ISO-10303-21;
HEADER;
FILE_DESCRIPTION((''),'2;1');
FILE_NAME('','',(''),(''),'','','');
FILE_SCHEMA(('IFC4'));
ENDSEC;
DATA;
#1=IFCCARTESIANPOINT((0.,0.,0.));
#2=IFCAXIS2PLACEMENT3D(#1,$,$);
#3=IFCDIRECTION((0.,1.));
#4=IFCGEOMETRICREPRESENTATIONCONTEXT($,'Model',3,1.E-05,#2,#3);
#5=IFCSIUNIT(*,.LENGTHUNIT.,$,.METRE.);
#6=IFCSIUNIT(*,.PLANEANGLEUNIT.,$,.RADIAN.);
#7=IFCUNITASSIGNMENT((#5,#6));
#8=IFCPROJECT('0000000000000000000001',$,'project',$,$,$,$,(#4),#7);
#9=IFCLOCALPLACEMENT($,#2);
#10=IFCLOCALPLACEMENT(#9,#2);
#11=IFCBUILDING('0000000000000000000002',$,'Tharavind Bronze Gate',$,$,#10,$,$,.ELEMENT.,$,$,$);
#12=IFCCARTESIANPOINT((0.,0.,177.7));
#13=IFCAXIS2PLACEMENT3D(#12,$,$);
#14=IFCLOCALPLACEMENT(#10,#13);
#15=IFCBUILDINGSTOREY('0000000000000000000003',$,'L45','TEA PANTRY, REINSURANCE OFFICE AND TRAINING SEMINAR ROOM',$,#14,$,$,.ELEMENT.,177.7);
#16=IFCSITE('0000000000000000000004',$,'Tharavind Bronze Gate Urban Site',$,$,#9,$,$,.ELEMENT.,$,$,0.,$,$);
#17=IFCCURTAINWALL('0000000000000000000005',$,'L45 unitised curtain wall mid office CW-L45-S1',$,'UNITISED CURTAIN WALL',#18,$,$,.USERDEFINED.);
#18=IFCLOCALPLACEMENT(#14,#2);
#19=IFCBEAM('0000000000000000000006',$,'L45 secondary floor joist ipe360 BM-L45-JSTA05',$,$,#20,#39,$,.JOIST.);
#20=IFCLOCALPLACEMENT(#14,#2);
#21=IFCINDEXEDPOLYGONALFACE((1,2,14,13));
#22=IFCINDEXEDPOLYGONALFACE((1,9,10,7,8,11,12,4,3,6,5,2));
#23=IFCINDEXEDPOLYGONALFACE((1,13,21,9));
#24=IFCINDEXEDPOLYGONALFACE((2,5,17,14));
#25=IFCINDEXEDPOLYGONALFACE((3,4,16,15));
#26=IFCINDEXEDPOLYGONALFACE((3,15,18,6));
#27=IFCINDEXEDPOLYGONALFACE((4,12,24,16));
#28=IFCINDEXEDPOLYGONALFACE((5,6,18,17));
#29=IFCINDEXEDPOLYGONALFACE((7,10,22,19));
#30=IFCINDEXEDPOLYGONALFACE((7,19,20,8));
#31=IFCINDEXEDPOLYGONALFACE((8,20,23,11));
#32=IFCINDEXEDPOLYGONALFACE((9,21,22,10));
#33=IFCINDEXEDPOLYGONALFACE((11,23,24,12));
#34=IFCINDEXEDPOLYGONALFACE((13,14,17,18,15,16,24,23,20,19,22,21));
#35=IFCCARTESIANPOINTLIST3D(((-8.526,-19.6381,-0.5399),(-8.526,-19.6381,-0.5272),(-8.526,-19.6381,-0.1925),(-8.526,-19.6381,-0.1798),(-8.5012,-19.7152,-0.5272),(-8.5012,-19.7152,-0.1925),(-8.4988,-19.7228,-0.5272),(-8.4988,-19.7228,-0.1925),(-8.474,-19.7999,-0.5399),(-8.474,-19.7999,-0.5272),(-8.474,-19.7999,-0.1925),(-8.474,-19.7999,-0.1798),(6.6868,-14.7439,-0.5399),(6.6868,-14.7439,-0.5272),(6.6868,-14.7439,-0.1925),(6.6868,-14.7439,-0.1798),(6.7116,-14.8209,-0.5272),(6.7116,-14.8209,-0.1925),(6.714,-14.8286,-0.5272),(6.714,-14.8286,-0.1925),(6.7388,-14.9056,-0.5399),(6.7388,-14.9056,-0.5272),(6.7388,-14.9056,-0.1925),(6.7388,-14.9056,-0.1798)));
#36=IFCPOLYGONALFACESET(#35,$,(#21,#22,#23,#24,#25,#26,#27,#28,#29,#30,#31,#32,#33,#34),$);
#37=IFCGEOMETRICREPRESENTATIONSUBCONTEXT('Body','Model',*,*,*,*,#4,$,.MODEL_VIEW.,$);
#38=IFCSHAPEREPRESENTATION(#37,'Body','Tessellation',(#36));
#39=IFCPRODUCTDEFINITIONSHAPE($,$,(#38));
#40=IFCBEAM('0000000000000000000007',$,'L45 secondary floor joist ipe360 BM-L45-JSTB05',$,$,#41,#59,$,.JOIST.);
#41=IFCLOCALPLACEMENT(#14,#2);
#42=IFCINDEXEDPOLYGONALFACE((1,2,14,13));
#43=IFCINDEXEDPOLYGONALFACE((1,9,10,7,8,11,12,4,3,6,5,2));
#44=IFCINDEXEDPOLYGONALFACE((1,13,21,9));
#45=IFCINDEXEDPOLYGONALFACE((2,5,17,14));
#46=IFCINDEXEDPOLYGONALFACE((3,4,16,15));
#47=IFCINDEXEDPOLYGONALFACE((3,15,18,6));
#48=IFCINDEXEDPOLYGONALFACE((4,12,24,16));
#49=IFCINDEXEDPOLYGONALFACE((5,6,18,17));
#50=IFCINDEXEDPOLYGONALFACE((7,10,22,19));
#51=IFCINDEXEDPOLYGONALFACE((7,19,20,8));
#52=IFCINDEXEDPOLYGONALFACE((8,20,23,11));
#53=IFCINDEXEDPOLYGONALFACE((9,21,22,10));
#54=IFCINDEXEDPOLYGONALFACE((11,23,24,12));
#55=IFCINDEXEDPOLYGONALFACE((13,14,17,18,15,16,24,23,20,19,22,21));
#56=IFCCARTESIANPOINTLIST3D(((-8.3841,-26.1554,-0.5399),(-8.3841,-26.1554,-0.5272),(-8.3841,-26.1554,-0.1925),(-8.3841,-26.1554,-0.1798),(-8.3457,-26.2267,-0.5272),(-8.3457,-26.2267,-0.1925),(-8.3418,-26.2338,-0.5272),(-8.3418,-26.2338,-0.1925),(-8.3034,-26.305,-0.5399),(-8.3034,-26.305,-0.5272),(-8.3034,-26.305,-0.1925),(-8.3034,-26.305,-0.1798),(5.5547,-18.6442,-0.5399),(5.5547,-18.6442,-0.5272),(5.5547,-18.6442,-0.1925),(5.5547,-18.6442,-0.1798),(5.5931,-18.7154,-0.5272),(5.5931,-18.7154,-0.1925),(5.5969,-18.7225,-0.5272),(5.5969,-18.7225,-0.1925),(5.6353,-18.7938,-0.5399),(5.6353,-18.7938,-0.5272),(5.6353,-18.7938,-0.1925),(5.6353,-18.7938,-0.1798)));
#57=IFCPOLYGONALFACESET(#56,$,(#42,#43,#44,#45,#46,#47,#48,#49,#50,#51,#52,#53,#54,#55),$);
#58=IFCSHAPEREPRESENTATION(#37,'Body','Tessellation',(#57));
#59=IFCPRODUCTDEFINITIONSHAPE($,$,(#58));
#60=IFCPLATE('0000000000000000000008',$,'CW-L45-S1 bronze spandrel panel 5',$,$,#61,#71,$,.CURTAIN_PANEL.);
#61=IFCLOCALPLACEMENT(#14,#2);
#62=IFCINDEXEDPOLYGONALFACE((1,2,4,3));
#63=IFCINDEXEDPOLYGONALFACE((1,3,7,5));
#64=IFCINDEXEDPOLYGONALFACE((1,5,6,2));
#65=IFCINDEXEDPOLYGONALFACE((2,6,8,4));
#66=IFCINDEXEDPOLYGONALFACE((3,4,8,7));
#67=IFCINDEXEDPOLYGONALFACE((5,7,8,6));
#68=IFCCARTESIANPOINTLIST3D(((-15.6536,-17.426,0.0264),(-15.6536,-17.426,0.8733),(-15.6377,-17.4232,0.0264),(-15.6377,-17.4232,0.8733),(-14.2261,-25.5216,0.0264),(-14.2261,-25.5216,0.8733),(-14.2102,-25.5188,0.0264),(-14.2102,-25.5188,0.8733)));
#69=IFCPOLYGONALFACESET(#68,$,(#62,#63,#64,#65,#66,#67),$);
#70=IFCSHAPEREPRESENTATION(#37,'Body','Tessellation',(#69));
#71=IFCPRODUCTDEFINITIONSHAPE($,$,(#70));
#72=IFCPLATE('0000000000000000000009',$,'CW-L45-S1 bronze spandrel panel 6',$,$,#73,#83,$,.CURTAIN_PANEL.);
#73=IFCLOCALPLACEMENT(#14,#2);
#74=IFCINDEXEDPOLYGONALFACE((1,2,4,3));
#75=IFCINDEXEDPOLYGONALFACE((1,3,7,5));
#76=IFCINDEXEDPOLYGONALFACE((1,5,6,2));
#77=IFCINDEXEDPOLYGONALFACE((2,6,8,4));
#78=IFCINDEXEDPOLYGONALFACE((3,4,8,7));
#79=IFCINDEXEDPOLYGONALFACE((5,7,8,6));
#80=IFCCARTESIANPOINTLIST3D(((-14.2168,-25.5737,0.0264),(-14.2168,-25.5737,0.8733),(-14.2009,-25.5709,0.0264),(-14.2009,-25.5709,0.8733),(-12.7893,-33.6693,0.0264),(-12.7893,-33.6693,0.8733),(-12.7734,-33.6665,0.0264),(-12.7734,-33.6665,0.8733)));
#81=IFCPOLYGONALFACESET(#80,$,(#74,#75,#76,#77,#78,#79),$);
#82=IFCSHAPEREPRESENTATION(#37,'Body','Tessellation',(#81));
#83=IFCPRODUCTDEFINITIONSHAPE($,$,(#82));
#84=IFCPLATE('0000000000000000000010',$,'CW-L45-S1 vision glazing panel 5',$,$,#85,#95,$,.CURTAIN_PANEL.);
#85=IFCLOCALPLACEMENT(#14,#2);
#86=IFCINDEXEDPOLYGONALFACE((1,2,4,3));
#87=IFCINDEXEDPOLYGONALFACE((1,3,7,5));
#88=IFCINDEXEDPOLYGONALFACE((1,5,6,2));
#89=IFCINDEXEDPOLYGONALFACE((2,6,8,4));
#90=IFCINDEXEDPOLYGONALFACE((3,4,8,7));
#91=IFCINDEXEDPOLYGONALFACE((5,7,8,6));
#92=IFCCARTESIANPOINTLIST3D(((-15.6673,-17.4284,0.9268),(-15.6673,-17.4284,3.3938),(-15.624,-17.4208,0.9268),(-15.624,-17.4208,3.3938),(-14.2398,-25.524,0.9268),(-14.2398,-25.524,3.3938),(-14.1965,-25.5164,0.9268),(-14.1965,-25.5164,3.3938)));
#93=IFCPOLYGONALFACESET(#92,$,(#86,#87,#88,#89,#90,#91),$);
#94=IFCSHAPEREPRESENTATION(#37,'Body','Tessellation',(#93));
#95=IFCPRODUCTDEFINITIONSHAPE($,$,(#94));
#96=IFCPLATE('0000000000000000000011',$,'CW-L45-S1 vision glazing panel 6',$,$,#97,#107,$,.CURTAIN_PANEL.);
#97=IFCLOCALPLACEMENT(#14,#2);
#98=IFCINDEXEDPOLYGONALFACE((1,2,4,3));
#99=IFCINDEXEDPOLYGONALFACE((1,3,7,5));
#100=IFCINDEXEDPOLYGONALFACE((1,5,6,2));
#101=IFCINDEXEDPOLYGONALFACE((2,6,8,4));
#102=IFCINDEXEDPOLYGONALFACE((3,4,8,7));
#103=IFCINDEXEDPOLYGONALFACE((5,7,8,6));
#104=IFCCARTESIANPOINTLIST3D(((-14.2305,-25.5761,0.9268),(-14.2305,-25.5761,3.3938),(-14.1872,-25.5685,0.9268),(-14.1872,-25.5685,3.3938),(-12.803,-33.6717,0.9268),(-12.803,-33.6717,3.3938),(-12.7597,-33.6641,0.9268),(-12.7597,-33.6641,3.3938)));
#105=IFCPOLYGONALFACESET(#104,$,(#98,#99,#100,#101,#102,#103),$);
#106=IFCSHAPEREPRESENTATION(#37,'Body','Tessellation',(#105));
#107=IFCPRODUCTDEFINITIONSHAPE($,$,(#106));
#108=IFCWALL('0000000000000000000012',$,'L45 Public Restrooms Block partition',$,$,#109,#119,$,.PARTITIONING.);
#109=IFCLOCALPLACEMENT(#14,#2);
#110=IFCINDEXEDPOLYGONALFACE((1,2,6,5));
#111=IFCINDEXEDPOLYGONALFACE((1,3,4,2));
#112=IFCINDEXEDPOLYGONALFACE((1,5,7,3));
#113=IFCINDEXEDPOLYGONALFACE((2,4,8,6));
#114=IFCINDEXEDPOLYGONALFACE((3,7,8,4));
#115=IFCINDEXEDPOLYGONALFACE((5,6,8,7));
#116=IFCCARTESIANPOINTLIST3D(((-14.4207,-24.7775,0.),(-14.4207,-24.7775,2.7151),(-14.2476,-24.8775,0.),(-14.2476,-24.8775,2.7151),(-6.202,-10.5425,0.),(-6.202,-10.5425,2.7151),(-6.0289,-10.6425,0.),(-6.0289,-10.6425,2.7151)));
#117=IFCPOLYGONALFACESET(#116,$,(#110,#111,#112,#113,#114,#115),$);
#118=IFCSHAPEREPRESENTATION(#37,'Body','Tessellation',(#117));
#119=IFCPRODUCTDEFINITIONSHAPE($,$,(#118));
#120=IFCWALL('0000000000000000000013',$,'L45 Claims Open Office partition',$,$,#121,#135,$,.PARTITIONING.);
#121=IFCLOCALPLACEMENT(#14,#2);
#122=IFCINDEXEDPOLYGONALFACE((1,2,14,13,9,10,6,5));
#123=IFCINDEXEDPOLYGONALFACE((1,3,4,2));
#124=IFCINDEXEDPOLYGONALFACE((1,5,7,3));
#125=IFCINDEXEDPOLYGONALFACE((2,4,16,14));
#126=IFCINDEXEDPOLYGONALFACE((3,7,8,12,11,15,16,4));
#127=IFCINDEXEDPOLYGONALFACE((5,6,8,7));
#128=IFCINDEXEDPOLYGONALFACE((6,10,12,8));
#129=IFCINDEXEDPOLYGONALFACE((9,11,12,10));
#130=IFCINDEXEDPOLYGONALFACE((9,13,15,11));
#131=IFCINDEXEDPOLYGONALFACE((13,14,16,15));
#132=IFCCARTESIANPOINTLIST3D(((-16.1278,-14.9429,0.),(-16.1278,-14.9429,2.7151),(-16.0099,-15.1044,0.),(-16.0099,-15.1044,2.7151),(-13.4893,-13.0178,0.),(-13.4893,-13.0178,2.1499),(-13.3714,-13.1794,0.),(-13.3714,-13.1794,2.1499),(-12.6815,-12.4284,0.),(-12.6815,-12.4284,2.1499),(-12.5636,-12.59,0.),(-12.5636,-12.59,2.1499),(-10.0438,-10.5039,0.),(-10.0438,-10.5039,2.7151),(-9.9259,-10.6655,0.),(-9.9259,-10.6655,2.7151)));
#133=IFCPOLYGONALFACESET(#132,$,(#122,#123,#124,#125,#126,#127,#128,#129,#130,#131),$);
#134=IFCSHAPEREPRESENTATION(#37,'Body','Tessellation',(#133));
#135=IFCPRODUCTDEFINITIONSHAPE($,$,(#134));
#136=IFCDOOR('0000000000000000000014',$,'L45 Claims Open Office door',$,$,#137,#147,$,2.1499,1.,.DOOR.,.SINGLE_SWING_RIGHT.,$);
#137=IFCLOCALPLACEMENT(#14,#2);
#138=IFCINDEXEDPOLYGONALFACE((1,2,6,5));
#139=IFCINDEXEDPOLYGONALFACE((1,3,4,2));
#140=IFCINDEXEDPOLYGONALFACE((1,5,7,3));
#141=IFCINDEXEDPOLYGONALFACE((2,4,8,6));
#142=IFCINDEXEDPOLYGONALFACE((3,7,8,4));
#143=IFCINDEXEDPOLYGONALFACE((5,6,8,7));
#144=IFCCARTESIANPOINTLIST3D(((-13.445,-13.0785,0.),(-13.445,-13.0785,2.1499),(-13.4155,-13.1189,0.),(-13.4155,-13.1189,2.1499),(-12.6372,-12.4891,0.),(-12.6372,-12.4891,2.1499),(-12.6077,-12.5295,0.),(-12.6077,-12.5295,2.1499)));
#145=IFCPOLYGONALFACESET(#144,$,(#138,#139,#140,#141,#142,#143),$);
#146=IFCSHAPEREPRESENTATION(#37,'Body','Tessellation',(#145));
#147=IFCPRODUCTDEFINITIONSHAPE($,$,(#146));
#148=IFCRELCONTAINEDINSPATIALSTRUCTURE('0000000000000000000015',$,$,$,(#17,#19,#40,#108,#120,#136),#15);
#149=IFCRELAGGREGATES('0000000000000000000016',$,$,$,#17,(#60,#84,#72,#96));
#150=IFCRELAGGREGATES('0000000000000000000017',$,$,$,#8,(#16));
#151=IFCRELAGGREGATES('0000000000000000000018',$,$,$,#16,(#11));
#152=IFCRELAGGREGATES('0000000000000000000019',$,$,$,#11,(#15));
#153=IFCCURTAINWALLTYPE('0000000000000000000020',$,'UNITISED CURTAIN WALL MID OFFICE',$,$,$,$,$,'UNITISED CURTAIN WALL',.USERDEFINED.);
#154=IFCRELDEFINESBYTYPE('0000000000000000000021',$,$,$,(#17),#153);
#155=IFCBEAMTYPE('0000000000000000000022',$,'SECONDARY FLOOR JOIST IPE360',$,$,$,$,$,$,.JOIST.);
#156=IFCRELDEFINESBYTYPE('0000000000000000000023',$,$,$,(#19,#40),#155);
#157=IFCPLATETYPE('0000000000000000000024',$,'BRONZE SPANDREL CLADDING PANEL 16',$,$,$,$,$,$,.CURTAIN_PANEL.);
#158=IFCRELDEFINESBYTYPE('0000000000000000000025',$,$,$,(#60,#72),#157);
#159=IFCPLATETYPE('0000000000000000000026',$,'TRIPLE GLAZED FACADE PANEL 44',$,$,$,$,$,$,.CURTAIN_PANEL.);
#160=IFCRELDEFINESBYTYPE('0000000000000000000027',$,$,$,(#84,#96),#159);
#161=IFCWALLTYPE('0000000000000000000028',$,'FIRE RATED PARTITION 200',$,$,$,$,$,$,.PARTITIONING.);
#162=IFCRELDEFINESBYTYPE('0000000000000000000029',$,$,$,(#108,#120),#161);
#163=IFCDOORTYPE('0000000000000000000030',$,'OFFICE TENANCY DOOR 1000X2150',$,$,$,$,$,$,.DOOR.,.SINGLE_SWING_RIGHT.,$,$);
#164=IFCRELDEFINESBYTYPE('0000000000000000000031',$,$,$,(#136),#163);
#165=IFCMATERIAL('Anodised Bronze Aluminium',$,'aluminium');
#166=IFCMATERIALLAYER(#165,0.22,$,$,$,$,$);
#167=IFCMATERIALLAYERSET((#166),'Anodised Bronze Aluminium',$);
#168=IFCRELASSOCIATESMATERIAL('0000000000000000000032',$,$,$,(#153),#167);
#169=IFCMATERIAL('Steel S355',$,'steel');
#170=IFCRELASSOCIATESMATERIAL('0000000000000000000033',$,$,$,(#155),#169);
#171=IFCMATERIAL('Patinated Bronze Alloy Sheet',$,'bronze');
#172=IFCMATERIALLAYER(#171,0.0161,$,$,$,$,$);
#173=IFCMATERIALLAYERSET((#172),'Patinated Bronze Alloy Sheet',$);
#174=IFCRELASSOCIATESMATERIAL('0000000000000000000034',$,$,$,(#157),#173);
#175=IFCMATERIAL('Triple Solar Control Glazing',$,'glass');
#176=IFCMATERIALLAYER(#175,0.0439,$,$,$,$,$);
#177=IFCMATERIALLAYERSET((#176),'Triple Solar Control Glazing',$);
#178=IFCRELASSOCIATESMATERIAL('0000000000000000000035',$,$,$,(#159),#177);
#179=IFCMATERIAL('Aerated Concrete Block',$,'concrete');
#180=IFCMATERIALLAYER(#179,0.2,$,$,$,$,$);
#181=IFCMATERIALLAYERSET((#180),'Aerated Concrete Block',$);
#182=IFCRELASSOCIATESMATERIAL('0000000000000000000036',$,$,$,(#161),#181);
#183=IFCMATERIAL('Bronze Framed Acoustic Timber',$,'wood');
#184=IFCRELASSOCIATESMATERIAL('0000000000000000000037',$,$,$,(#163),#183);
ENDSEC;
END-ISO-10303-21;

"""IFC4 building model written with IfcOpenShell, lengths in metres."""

from ifc_helpers import new_model, si_unit, direction, frame, frame_2d, origin, origin_2d, place, context, subcontext, project, spatial, rectangle, i_section, extrude, material, layer, layer_set, material_profile, profile_set, type_object, element, fill, aggregate, save


model = new_model("IFC4")

# Units and contexts
model_context = context("Model", 3, precision=1e-05, world=origin(), true_north=direction((0.0, 1.0)))
body_context = subcontext(model_context, "Body", "Model", "MODEL_VIEW")
ifc_project = project(units=[si_unit("LENGTHUNIT", "METRE"), si_unit("PLANEANGLEUNIT", "RADIAN")], contexts=[model_context])

# Site, building, storey
site_placement = place(None, origin())
site = spatial("IfcSite", under=ifc_project, at=site_placement, Name="Tharavind Bronze Gate Urban Site", CompositionType="ELEMENT", RefElevation=0.0)
building_placement = place(site_placement, origin())
building = spatial("IfcBuilding", under=site, at=building_placement, Name="Tharavind Bronze Gate", CompositionType="ELEMENT")
storey_placement = place(building_placement, frame((0.0, 0.0, 177.7)))
storey = spatial("IfcBuildingStorey", under=building, at=storey_placement, Name="L45", Description="TEA PANTRY, REINSURANCE OFFICE AND TRAINING SEMINAR ROOM", CompositionType="ELEMENT", Elevation=177.7)

# Curtain wall
ifc_material_1 = material(Name="Anodised Bronze Aluminium", Category="aluminium")
ifc_layer_1 = layer(ifc_material_1, 0.22)
ifc_layer_set_1 = layer_set([ifc_layer_1], Name="Anodised Bronze Aluminium")
curtain_wall_type = type_object("IfcCurtainWallType", Name="UNITISED CURTAIN WALL MID OFFICE", ElementType="UNITISED CURTAIN WALL", PredefinedType="USERDEFINED", material=ifc_layer_set_1)
curtain_wall_1_placement = place(storey_placement, origin())
curtain_wall_1 = element("IfcCurtainWall", 1, at=curtain_wall_1_placement, inside=storey, type_object=curtain_wall_type, Name="L45 unitised curtain wall mid office CW-L45-S1", ObjectType="UNITISED CURTAIN WALL", PredefinedType="USERDEFINED")

# Beams
ifc_material_2 = material(Name="Steel S355", Category="steel")
ifc_material_profile_1 = material_profile(ifc_material_2, i_section(OverallWidth=0.1699, OverallDepth=0.3601, WebThickness=0.0081, FlangeThickness=0.0127, at=origin_2d()), Name="IPE360")
ifc_profile_set_1 = profile_set([ifc_material_profile_1], Name="Steel S355")
beam_type_1 = type_object("IfcBeamType", Name="SECONDARY FLOOR JOIST IPE360", PredefinedType="JOIST", material=ifc_profile_set_1)
beam_1_placement = place(storey_placement, frame((-8.5, -19.719, -0.3599), z_axis=(0.951948, 0.30626, 0.0), x_axis=(-0.30626, 0.951948, 0.0)))
element("IfcBeam", 2, at=beam_1_placement, inside=storey, type_object=beam_type_1, Name="L45 secondary floor joist ipe360 BM-L45-JSTA05", PredefinedType="JOIST", context=body_context, shape_type="SweptSolid", body=[
    extrude(i_section(OverallWidth=0.1699, OverallDepth=0.3601, WebThickness=0.0081, FlangeThickness=0.0127, at=origin_2d()), origin(), (0.0, 0.0, 1.0), 15.9807),
])
beam_2_placement = place(storey_placement, frame((-8.3438, -26.2302, -0.3599), z_axis=(0.880319, 0.474382, 0.0), x_axis=(-0.474382, 0.880319, 0.0)))
element("IfcBeam", 3, at=beam_2_placement, inside=storey, type_object=beam_type_1, Name="L45 secondary floor joist ipe360 BM-L45-JSTB05", PredefinedType="JOIST", context=body_context, shape_type="SweptSolid", body=[
    extrude(i_section(OverallWidth=0.1699, OverallDepth=0.3601, WebThickness=0.0081, FlangeThickness=0.0127, at=origin_2d()), origin(), (0.0, 0.0, 1.0), 15.8337),
])

# Plates
ifc_material_3 = material(Name="Patinated Bronze Alloy Sheet", Category="bronze")
ifc_layer_2 = layer(ifc_material_3, 0.0161)
ifc_layer_set_2 = layer_set([ifc_layer_2], Name="Patinated Bronze Alloy Sheet")
plate_type_1 = type_object("IfcPlateType", Name="BRONZE SPANDREL CLADDING PANEL 16", PredefinedType="CURTAIN_PANEL", material=ifc_layer_set_2)
plate_1_placement = place(storey_placement, frame((-14.9319, -21.4724, 0.0264), z_axis=(0.0, 0.0, 1.0), x_axis=(0.173648, -0.984808, 0.0)))
plate_1 = element("IfcPlate", 4, at=plate_1_placement, type_object=plate_type_1, Name="CW-L45-S1 bronze spandrel panel 5", PredefinedType="CURTAIN_PANEL", context=body_context, shape_type="SweptSolid", body=[
    extrude(rectangle(XDim=8.2205, YDim=0.0161, at=origin_2d()), origin(), (0.0, 0.0, 1.0), 0.8469),
])
plate_2_placement = place(storey_placement, frame((-13.4951, -29.6201, 0.0264), z_axis=(0.0, 0.0, 1.0), x_axis=(0.173648, -0.984808, 0.0)))
plate_2 = element("IfcPlate", 5, at=plate_2_placement, type_object=plate_type_1, Name="CW-L45-S1 bronze spandrel panel 6", PredefinedType="CURTAIN_PANEL", context=body_context, shape_type="SweptSolid", body=[
    extrude(rectangle(XDim=8.2205, YDim=0.0161, at=origin_2d()), origin(), (0.0, 0.0, 1.0), 0.8469),
])
ifc_material_4 = material(Name="Triple Solar Control Glazing", Category="glass")
ifc_layer_3 = layer(ifc_material_4, 0.0439)
ifc_layer_set_3 = layer_set([ifc_layer_3], Name="Triple Solar Control Glazing")
plate_type_2 = type_object("IfcPlateType", Name="TRIPLE GLAZED FACADE PANEL 44", PredefinedType="CURTAIN_PANEL", material=ifc_layer_set_3)
plate_3_placement = place(storey_placement, frame((-14.9319, -21.4724, 0.9268), z_axis=(0.0, 0.0, 1.0), x_axis=(0.173648, -0.984808, 0.0)))
plate_3 = element("IfcPlate", 6, at=plate_3_placement, type_object=plate_type_2, Name="CW-L45-S1 vision glazing panel 5", PredefinedType="CURTAIN_PANEL", context=body_context, shape_type="SweptSolid", body=[
    extrude(rectangle(XDim=8.2205, YDim=0.0439, at=origin_2d()), origin(), (0.0, 0.0, 1.0), 2.467),
])
plate_4_placement = place(storey_placement, frame((-13.4951, -29.6201, 0.9268), z_axis=(0.0, 0.0, 1.0), x_axis=(0.173648, -0.984808, 0.0)))
plate_4 = element("IfcPlate", 7, at=plate_4_placement, type_object=plate_type_2, Name="CW-L45-S1 vision glazing panel 6", PredefinedType="CURTAIN_PANEL", context=body_context, shape_type="SweptSolid", body=[
    extrude(rectangle(XDim=8.2205, YDim=0.0439, at=origin_2d()), origin(), (0.0, 0.0, 1.0), 2.467),
])
aggregate(curtain_wall_1, [plate_1, plate_3, plate_2, plate_4])

# Wall
ifc_material_5 = material(Name="Aerated Concrete Block", Category="concrete")
ifc_layer_4 = layer(ifc_material_5, 0.2)
ifc_layer_set_4 = layer_set([ifc_layer_4], Name="Aerated Concrete Block")
wall_type = type_object("IfcWallType", Name="FIRE RATED PARTITION 200", PredefinedType="PARTITIONING", material=ifc_layer_set_4)
wall_1_placement = place(storey_placement, frame((-14.3342, -24.8276, 0.0), z_axis=(0.0, 0.0, 1.0), x_axis=(0.500005, 0.866023, 0.0)))
element("IfcWall", 8, at=wall_1_placement, inside=storey, type_object=wall_type, Name="L45 Public Restrooms Block partition", PredefinedType="PARTITIONING", context=body_context, shape_type="SweptSolid", body=[
    extrude(rectangle(XDim=16.4373, YDim=0.2, at=frame_2d((8.2188, 0.0))), origin(), (0.0, 0.0, 1.0), 2.7151),
])

# Wall, opening, door
wall_2_placement = place(storey_placement, frame((-16.0688, -15.0237, 0.0), z_axis=(0.0, 0.0, 1.0), x_axis=(0.807835, 0.589408, 0.0)))
wall_2 = element("IfcWall", 9, at=wall_2_placement, inside=storey, type_object=wall_type, Name="L45 Claims Open Office partition", PredefinedType="PARTITIONING", context=body_context, shape_type="SweptSolid", body=[
    extrude(rectangle(XDim=7.5312, YDim=0.2, at=frame_2d((3.7656, 0.0))), origin(), (0.0, 0.0, 1.0), 2.7151),
])
opening_placement = place(wall_2_placement, frame((3.2661, 0.0, 0.0)))
opening = element("IfcOpeningElement", 10, at=opening_placement, cuts=wall_2, PredefinedType="OPENING", context=body_context, shape_type="SweptSolid", body=[
    extrude(rectangle(XDim=1.0, YDim=2.1499, at=frame_2d((0.5, 1.075))), frame((0.0, 0.1101, 0.0), z_axis=(0.0, -1.0, 0.0), x_axis=(1.0, 0.0, 0.0)), (0.0, 0.0, 1.0), 0.22),
])
ifc_material_6 = material(Name="Bronze Framed Acoustic Timber", Category="wood")
door_type = type_object("IfcDoorType", Name="OFFICE TENANCY DOOR 1000X2150", OperationType="SINGLE_SWING_RIGHT", PredefinedType="DOOR", material=ifc_material_6)
door_placement = place(opening_placement, origin())
door = element("IfcDoor", 11, at=door_placement, inside=storey, type_object=door_type, Name="L45 Claims Open Office door", OperationType="SINGLE_SWING_RIGHT", OverallHeight=2.1499, OverallWidth=1.0, PredefinedType="DOOR", context=body_context, shape_type="SweptSolid", body=[
    extrude(rectangle(XDim=1.0, YDim=2.1499, at=frame_2d((0.5, 1.075))), frame((0.0, 0.0249, 0.0), z_axis=(0.0, -1.0, 0.0), x_axis=(1.0, 0.0, 0.0)), (0.0, 0.0, 1.0), 0.05),
])
fill(opening, door)

save(model, "model.ifc")
